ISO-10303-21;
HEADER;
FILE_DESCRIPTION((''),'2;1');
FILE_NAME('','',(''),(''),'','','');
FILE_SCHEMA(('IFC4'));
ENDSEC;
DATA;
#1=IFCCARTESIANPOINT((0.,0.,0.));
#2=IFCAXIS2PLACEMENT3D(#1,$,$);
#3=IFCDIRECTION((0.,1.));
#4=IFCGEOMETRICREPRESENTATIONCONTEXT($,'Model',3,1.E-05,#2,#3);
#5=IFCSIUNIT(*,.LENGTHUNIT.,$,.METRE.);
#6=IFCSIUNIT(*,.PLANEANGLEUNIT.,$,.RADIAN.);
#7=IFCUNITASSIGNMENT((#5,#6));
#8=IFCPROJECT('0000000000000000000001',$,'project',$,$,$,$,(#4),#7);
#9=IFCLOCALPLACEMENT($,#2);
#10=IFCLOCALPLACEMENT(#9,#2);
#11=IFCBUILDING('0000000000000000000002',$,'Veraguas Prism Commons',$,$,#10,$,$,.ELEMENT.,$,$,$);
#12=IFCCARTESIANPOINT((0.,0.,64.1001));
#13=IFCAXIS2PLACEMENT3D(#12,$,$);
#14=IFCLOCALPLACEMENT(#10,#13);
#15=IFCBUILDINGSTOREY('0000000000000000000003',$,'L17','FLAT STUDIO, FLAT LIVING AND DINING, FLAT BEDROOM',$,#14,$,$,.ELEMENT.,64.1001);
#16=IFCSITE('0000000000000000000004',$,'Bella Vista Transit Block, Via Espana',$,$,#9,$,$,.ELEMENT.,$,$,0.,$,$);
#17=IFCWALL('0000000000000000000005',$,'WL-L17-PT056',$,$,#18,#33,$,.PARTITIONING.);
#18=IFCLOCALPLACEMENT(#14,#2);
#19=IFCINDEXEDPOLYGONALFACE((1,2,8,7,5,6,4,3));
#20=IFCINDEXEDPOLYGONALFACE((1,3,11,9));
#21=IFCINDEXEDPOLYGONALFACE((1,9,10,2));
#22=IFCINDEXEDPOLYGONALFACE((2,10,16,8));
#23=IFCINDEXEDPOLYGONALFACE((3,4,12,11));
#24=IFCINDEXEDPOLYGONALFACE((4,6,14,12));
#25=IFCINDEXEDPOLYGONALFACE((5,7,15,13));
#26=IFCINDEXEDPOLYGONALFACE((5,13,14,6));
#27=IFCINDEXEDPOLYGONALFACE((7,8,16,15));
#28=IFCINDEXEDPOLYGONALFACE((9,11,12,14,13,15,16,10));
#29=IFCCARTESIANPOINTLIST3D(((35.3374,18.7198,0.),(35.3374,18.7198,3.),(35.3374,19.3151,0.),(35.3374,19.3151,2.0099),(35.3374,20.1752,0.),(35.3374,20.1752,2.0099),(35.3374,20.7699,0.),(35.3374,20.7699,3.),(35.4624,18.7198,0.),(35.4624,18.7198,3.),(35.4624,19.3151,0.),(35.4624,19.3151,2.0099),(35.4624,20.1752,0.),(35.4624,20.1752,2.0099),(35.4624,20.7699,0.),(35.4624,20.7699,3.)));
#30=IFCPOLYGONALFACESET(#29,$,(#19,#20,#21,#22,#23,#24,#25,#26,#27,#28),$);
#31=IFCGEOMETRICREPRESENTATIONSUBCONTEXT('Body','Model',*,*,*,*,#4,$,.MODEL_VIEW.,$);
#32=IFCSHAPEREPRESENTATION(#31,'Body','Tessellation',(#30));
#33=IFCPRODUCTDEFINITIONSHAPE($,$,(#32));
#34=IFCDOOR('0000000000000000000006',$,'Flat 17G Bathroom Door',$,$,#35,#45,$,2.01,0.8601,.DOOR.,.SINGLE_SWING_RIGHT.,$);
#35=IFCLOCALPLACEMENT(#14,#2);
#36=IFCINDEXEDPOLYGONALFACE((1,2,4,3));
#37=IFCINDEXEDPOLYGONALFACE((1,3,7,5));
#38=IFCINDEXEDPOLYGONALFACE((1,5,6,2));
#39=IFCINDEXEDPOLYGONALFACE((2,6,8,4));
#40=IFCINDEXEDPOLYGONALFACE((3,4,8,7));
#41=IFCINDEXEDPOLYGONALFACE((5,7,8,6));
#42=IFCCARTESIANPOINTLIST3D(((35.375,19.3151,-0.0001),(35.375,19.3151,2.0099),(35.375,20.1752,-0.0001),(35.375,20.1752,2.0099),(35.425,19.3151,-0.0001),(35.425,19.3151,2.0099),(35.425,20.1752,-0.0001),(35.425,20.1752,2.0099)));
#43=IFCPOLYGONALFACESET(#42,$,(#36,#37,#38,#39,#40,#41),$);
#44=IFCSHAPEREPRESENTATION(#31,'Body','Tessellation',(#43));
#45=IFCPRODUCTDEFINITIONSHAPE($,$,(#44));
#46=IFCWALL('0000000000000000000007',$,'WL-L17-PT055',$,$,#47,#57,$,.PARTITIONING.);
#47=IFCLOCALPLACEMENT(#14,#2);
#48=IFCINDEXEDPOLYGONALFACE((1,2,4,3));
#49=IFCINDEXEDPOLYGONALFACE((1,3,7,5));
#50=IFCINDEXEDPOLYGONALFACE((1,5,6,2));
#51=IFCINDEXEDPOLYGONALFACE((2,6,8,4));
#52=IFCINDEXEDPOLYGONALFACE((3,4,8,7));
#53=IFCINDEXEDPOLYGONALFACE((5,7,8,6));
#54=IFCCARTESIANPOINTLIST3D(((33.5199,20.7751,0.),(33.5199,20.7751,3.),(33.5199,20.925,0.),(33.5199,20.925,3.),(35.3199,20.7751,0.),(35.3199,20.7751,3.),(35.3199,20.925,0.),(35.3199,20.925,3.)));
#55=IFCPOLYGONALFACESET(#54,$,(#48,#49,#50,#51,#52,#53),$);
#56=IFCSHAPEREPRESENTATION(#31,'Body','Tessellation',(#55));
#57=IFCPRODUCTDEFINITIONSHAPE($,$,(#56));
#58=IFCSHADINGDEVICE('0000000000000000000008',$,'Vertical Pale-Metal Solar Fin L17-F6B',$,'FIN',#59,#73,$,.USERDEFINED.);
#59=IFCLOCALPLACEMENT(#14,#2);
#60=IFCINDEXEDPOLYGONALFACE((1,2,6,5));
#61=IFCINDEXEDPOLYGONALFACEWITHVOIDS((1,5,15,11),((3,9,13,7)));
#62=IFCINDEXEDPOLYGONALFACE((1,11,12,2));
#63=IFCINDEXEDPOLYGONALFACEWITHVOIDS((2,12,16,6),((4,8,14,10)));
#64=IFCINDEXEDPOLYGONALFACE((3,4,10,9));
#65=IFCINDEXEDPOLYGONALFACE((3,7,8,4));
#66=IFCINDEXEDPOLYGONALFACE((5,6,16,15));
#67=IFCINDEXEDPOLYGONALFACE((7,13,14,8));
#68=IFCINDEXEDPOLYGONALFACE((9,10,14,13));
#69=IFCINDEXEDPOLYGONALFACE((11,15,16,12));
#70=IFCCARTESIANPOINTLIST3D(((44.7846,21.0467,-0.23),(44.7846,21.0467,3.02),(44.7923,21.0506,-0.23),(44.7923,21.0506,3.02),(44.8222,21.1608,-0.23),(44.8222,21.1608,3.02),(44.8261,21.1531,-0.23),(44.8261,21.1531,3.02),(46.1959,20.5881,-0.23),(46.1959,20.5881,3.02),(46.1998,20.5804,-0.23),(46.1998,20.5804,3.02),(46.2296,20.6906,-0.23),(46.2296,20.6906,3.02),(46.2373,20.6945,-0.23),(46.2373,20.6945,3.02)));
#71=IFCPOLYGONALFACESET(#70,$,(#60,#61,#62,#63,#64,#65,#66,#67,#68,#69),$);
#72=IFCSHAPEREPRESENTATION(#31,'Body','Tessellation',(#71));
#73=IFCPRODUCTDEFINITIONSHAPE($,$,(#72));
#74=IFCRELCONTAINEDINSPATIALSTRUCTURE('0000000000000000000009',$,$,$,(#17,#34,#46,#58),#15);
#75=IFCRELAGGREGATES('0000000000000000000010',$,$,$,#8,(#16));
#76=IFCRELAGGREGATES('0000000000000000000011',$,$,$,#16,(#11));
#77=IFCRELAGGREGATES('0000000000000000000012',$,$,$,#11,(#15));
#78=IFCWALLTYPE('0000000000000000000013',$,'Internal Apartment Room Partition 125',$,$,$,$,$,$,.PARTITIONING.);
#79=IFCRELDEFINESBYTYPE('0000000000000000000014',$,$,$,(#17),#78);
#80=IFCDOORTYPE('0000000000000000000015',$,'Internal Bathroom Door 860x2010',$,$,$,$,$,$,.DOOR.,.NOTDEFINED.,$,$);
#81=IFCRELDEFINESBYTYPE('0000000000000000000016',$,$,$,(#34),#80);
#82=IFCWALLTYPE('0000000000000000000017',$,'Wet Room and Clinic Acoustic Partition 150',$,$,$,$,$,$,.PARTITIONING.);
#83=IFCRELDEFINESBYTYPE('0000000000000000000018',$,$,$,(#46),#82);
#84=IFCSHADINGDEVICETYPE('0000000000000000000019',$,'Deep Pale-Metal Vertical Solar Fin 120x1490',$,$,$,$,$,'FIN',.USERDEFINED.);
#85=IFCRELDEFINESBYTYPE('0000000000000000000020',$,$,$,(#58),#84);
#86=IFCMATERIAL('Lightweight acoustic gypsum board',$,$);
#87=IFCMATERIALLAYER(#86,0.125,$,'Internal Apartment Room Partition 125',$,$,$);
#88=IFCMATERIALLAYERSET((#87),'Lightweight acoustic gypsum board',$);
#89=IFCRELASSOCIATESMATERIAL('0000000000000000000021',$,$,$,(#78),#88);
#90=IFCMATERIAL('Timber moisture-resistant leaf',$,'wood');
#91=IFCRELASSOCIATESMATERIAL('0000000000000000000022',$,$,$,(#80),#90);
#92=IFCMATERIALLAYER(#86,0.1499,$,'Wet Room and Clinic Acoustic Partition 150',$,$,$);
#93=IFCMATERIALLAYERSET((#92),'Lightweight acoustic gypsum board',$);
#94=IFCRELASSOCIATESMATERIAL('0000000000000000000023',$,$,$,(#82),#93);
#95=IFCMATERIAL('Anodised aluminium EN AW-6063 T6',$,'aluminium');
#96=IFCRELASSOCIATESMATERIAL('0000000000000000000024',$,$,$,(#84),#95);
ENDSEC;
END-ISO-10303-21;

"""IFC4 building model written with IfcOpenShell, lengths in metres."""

from ifc_helpers import new_model, si_unit, direction, frame, frame_2d, origin, origin_2d, place, context, subcontext, project, spatial, rectangle, hollow_rectangle, extrude, source, transform, mapped, material, layer, layer_set, material_profile, profile_set, type_object, element, fill, save


model = new_model("IFC4")

# Units and contexts
model_context = context("Model", 3, precision=1e-05, world=origin(), true_north=direction((0.0, 1.0)))
body_context = subcontext(model_context, "Body", "Model", "MODEL_VIEW")
ifc_project = project(units=[si_unit("LENGTHUNIT", "METRE"), si_unit("PLANEANGLEUNIT", "RADIAN")], contexts=[model_context])

# Site, building, storey
site_placement = place(None, origin())
site = spatial("IfcSite", under=ifc_project, at=site_placement, Name="Bella Vista Transit Block, Via Espana", CompositionType="ELEMENT", RefElevation=0.0)
building_placement = place(site_placement, origin())
building = spatial("IfcBuilding", under=site, at=building_placement, Name="Veraguas Prism Commons", CompositionType="ELEMENT")
storey_placement = place(building_placement, frame((0.0, 0.0, 64.1001)))
storey = spatial("IfcBuildingStorey", under=building, at=storey_placement, Name="L17", Description="FLAT STUDIO, FLAT LIVING AND DINING, FLAT BEDROOM", CompositionType="ELEMENT", Elevation=64.1001)

# Shared definitions
ifc_material_1 = material(Name="Anodised aluminium EN AW-6063 T6", Category="aluminium")

# Shared definitions
ifc_material_2 = material(Name="Lightweight acoustic gypsum board")
ifc_layer_1 = layer(ifc_material_2, 0.125, Name="Internal Apartment Room Partition 125")
ifc_layer_set_1 = layer_set([ifc_layer_1], Name="Lightweight acoustic gypsum board")
wall_type_1 = type_object("IfcWallType", Name="Internal Apartment Room Partition 125", PredefinedType="PARTITIONING", material=ifc_layer_set_1)

# Wall, opening, door
wall_1_placement = place(storey_placement, frame((35.3999, 18.72, 0.0), z_axis=(0.0, 0.0, 1.0), x_axis=(0.0, 1.0, 0.0)))
wall_1 = element("IfcWall", 1, at=wall_1_placement, inside=storey, type_object=wall_type_1, Name="WL-L17-PT056", PredefinedType="PARTITIONING", context=body_context, shape_type="SweptSolid", body=[
    extrude(rectangle(XDim=2.05, YDim=0.125, at=frame_2d((1.0249, 0.0))), origin(), (0.0, 0.0, 1.0), 3.0),
])
opening_1_placement = place(wall_1_placement, frame((0.595, 0.0, 0.0)))
opening_1 = element("IfcOpeningElement", 2, at=opening_1_placement, cuts=wall_1, PredefinedType="OPENING", context=body_context, shape_type="SweptSolid", body=[
    extrude(rectangle(XDim=0.8601, YDim=2.01, at=frame_2d((0.4302, 1.0049))), frame((0.0, 0.0725, 0.0), z_axis=(0.0, -1.0, 0.0), x_axis=(1.0, 0.0, 0.0)), (0.0, 0.0, 1.0), 0.145),
])
ifc_material_3 = material(Name="Timber moisture-resistant leaf", Category="wood")
door_type_1 = type_object("IfcDoorType", Name="Internal Bathroom Door 860x2010", OperationType="NOTDEFINED", PredefinedType="DOOR", material=ifc_material_3)
shared_shape_1 = source(origin(), body_context, "Body", "SweptSolid", [
    extrude(rectangle(XDim=0.8601, YDim=2.01, at=frame_2d((0.4302, 1.0049))), frame((0.0, 0.0249, 0.0), z_axis=(0.0, -1.0, 0.0), x_axis=(1.0, 0.0, 0.0)), (0.0, 0.0, 1.0), 0.05),
])
door_1_placement = place(opening_1_placement, origin())
door_1 = element("IfcDoor", 3, at=door_1_placement, inside=storey, type_object=door_type_1, Name="Flat 17G Bathroom Door", OperationType="SINGLE_SWING_RIGHT", OverallHeight=2.01, OverallWidth=0.8601, PredefinedType="DOOR", context=body_context, shape_type="MappedRepresentation", body=[
    mapped(shared_shape_1, transform((0.0, 0.0, 0.0), scale=1.0)),
])
fill(opening_1, door_1)

# Wall
ifc_layer_2 = layer(ifc_material_2, 0.1499, Name="Wet Room and Clinic Acoustic Partition 150")
ifc_layer_set_2 = layer_set([ifc_layer_2], Name="Lightweight acoustic gypsum board")
wall_type_2 = type_object("IfcWallType", Name="Wet Room and Clinic Acoustic Partition 150", PredefinedType="PARTITIONING", material=ifc_layer_set_2)
wall_2_placement = place(storey_placement, frame((33.52, 20.8501, 0.0), z_axis=(0.0, 0.0, 1.0), x_axis=(1.0, 0.0, 0.0)))
element("IfcWall", 4, at=wall_2_placement, inside=storey, type_object=wall_type_2, Name="WL-L17-PT055", PredefinedType="PARTITIONING", context=body_context, shape_type="SweptSolid", body=[
    extrude(rectangle(XDim=1.8, YDim=0.1499, at=frame_2d((0.8999, 0.0))), origin(), (0.0, 0.0, 1.0), 3.0),
])

# Shading device
ifc_material_profile_1 = material_profile(ifc_material_1, hollow_rectangle(XDim=0.1201, YDim=1.49, WallThickness=0.0061, at=origin_2d()), Name="FIN120X1490X6")
ifc_profile_set_1 = profile_set([ifc_material_profile_1], Name="Anodised aluminium EN AW-6063 T6")
shading_device_type = type_object("IfcShadingDeviceType", Name="Deep Pale-Metal Vertical Solar Fin 120x1490", ElementType="FIN", PredefinedType="USERDEFINED", material=ifc_profile_set_1)
shading_device_placement = place(storey_placement, frame((45.511, 20.8706, -0.23), z_axis=(0.0, 0.0, 1.0), x_axis=(0.312993, 0.949755, 0.0)))
element("IfcShadingDevice", 5, at=shading_device_placement, inside=storey, type_object=shading_device_type, Name="Vertical Pale-Metal Solar Fin L17-F6B", ObjectType="FIN", PredefinedType="USERDEFINED", context=body_context, shape_type="SweptSolid", body=[
    extrude(hollow_rectangle(XDim=0.1201, YDim=1.49, WallThickness=0.0061, at=origin_2d()), origin(), (0.0, 0.0, 1.0), 3.25),
])

save(model, "model.ifc")
